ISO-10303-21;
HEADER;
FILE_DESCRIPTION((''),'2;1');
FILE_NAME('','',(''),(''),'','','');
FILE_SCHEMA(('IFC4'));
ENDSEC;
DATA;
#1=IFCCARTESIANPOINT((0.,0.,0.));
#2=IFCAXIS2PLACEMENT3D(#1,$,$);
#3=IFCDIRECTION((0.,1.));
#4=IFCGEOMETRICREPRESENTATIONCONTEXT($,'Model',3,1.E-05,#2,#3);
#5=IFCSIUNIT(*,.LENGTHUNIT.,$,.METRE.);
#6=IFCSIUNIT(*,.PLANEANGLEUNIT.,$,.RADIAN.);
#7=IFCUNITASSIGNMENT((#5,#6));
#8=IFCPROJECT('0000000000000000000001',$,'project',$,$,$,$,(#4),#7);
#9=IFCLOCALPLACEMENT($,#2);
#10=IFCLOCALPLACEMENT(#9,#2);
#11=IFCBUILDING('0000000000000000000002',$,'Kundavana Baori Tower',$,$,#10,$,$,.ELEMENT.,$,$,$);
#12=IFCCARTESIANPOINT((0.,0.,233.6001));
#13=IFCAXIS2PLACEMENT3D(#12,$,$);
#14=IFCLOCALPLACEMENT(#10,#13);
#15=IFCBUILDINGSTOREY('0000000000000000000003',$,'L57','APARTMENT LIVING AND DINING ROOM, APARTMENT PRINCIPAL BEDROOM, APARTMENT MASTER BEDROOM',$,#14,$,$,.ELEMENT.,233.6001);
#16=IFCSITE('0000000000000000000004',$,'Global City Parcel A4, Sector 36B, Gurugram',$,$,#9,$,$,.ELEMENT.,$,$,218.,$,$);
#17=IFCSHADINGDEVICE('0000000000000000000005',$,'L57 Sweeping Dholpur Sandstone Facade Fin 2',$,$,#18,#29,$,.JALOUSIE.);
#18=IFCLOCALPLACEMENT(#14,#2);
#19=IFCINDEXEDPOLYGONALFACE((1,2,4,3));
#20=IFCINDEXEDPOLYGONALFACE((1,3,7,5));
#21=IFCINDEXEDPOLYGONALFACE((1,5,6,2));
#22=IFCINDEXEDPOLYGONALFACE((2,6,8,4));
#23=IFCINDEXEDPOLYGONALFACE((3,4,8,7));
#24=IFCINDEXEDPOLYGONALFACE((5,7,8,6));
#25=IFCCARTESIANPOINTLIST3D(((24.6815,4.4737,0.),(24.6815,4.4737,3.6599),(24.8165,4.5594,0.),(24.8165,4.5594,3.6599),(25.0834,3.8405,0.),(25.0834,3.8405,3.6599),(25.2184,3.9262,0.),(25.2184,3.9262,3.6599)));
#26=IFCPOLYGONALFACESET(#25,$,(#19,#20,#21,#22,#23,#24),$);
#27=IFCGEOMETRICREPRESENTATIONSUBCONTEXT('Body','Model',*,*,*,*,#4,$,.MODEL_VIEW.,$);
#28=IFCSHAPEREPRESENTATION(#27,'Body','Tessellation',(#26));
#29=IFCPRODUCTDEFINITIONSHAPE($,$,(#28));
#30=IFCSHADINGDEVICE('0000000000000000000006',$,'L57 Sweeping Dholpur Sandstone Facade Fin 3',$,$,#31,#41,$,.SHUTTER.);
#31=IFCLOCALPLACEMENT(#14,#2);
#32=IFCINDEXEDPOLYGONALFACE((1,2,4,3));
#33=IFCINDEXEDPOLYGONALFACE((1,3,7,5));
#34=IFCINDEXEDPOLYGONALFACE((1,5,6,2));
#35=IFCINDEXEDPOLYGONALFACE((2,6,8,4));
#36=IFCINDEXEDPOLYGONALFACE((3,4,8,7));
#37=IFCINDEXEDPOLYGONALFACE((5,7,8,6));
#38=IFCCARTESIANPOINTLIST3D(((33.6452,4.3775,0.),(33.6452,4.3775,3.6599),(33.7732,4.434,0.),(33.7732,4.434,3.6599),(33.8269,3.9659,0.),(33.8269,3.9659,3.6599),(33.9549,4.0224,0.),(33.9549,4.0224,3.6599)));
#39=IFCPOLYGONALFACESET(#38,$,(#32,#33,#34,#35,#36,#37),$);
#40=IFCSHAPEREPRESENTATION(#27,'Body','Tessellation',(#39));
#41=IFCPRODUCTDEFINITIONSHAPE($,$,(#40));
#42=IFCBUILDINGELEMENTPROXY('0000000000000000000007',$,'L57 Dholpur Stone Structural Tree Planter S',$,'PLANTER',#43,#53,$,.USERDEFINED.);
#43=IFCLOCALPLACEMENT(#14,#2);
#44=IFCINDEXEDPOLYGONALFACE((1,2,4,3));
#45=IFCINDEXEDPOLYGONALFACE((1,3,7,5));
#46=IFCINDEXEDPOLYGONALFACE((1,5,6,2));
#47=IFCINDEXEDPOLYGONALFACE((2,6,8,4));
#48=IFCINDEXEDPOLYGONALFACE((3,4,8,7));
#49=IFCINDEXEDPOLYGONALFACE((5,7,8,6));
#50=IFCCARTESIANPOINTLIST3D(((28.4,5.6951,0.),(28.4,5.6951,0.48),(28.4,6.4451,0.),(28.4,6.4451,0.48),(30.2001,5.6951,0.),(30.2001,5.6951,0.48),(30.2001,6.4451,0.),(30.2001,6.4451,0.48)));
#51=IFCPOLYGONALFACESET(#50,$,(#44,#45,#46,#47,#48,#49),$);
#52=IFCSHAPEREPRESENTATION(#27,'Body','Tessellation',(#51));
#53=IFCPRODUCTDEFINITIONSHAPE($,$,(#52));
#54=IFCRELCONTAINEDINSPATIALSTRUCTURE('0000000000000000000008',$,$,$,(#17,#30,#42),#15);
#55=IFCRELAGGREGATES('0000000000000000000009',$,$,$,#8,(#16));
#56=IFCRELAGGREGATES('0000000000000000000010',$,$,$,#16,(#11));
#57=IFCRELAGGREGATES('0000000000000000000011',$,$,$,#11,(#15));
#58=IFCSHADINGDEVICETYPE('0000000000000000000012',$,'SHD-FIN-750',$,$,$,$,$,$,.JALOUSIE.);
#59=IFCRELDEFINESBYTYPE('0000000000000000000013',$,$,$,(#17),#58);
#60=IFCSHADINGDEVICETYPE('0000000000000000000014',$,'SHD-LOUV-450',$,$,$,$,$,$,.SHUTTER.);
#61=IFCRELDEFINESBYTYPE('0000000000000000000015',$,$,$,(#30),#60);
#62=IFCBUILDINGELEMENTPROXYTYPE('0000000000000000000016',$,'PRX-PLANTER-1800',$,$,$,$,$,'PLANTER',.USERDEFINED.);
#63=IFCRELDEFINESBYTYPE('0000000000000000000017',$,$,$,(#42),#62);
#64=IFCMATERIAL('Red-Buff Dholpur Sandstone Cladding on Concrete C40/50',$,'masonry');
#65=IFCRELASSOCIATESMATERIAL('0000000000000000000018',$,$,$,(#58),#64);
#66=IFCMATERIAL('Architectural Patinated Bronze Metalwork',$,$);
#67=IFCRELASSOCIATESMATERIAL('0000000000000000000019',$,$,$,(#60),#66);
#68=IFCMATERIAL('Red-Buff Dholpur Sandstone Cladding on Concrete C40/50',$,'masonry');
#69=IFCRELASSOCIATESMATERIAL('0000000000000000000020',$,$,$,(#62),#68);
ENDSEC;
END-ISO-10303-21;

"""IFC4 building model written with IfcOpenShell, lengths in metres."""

from ifc_helpers import new_model, si_unit, direction, frame, origin, origin_2d, place, context, subcontext, project, spatial, rectangle, extrude, material, type_object, element, save


model = new_model("IFC4")

# Units and contexts
model_context = context("Model", 3, precision=1e-05, world=origin(), true_north=direction((0.0, 1.0)))
body_context = subcontext(model_context, "Body", "Model", "MODEL_VIEW")
ifc_project = project(units=[si_unit("LENGTHUNIT", "METRE"), si_unit("PLANEANGLEUNIT", "RADIAN")], contexts=[model_context])

# Site, building, storey
site_placement = place(None, origin())
site = spatial("IfcSite", under=ifc_project, at=site_placement, Name="Global City Parcel A4, Sector 36B, Gurugram", CompositionType="ELEMENT", RefElevation=218.0)
building_placement = place(site_placement, origin())
building = spatial("IfcBuilding", under=site, at=building_placement, Name="Kundavana Baori Tower", CompositionType="ELEMENT")
storey_placement = place(building_placement, frame((0.0, 0.0, 233.6001)))
storey = spatial("IfcBuildingStorey", under=building, at=storey_placement, Name="L57", Description="APARTMENT LIVING AND DINING ROOM, APARTMENT PRINCIPAL BEDROOM, APARTMENT MASTER BEDROOM", CompositionType="ELEMENT", Elevation=233.6001)

# Shading devices
ifc_material_1 = material(Name="Red-Buff Dholpur Sandstone Cladding on Concrete C40/50", Category="masonry")
shading_device_type_1 = type_object("IfcShadingDeviceType", Name="SHD-FIN-750", PredefinedType="JALOUSIE", material=ifc_material_1)
shading_device_1_placement = place(storey_placement, frame((24.95, 4.2, 0.0), z_axis=(0.0, 0.0, 1.0), x_axis=(0.844234, 0.535974, 0.0)))
element("IfcShadingDevice", 1, at=shading_device_1_placement, inside=storey, type_object=shading_device_type_1, Name="L57 Sweeping Dholpur Sandstone Facade Fin 2", PredefinedType="JALOUSIE", context=body_context, shape_type="SweptSolid", body=[
    extrude(rectangle(XDim=0.1599, YDim=0.75, at=origin_2d()), origin(), (0.0, 0.0, 1.0), 3.6599),
])
ifc_material_2 = material(Name="Architectural Patinated Bronze Metalwork")
shading_device_type_2 = type_object("IfcShadingDeviceType", Name="SHD-LOUV-450", PredefinedType="SHUTTER", material=ifc_material_2)
shading_device_2_placement = place(storey_placement, frame((33.8, 4.2, 0.0), z_axis=(0.0, 0.0, 1.0), x_axis=(0.914889, 0.403705, 0.0)))
element("IfcShadingDevice", 2, at=shading_device_2_placement, inside=storey, type_object=shading_device_type_2, Name="L57 Sweeping Dholpur Sandstone Facade Fin 3", PredefinedType="SHUTTER", context=body_context, shape_type="SweptSolid", body=[
    extrude(rectangle(XDim=0.1399, YDim=0.45, at=origin_2d()), origin(), (0.0, 0.0, 1.0), 3.6599),
])

# Building element proxy
ifc_material_3 = material(Name="Red-Buff Dholpur Sandstone Cladding on Concrete C40/50", Category="masonry")
building_element_proxy_type = type_object("IfcBuildingElementProxyType", Name="PRX-PLANTER-1800", ElementType="PLANTER", PredefinedType="USERDEFINED", material=ifc_material_3)
proxy_placement = place(storey_placement, frame((29.3, 6.0701, 0.0), z_axis=(0.0, 0.0, 1.0), x_axis=(1.0, 0.0, 0.0)))
element("IfcBuildingElementProxy", 3, at=proxy_placement, inside=storey, type_object=building_element_proxy_type, Name="L57 Dholpur Stone Structural Tree Planter S", ObjectType="PLANTER", PredefinedType="USERDEFINED", context=body_context, shape_type="SweptSolid", body=[
    extrude(rectangle(XDim=1.8, YDim=0.75, at=origin_2d()), origin(), (0.0, 0.0, 1.0), 0.48),
])

save(model, "model.ifc")
